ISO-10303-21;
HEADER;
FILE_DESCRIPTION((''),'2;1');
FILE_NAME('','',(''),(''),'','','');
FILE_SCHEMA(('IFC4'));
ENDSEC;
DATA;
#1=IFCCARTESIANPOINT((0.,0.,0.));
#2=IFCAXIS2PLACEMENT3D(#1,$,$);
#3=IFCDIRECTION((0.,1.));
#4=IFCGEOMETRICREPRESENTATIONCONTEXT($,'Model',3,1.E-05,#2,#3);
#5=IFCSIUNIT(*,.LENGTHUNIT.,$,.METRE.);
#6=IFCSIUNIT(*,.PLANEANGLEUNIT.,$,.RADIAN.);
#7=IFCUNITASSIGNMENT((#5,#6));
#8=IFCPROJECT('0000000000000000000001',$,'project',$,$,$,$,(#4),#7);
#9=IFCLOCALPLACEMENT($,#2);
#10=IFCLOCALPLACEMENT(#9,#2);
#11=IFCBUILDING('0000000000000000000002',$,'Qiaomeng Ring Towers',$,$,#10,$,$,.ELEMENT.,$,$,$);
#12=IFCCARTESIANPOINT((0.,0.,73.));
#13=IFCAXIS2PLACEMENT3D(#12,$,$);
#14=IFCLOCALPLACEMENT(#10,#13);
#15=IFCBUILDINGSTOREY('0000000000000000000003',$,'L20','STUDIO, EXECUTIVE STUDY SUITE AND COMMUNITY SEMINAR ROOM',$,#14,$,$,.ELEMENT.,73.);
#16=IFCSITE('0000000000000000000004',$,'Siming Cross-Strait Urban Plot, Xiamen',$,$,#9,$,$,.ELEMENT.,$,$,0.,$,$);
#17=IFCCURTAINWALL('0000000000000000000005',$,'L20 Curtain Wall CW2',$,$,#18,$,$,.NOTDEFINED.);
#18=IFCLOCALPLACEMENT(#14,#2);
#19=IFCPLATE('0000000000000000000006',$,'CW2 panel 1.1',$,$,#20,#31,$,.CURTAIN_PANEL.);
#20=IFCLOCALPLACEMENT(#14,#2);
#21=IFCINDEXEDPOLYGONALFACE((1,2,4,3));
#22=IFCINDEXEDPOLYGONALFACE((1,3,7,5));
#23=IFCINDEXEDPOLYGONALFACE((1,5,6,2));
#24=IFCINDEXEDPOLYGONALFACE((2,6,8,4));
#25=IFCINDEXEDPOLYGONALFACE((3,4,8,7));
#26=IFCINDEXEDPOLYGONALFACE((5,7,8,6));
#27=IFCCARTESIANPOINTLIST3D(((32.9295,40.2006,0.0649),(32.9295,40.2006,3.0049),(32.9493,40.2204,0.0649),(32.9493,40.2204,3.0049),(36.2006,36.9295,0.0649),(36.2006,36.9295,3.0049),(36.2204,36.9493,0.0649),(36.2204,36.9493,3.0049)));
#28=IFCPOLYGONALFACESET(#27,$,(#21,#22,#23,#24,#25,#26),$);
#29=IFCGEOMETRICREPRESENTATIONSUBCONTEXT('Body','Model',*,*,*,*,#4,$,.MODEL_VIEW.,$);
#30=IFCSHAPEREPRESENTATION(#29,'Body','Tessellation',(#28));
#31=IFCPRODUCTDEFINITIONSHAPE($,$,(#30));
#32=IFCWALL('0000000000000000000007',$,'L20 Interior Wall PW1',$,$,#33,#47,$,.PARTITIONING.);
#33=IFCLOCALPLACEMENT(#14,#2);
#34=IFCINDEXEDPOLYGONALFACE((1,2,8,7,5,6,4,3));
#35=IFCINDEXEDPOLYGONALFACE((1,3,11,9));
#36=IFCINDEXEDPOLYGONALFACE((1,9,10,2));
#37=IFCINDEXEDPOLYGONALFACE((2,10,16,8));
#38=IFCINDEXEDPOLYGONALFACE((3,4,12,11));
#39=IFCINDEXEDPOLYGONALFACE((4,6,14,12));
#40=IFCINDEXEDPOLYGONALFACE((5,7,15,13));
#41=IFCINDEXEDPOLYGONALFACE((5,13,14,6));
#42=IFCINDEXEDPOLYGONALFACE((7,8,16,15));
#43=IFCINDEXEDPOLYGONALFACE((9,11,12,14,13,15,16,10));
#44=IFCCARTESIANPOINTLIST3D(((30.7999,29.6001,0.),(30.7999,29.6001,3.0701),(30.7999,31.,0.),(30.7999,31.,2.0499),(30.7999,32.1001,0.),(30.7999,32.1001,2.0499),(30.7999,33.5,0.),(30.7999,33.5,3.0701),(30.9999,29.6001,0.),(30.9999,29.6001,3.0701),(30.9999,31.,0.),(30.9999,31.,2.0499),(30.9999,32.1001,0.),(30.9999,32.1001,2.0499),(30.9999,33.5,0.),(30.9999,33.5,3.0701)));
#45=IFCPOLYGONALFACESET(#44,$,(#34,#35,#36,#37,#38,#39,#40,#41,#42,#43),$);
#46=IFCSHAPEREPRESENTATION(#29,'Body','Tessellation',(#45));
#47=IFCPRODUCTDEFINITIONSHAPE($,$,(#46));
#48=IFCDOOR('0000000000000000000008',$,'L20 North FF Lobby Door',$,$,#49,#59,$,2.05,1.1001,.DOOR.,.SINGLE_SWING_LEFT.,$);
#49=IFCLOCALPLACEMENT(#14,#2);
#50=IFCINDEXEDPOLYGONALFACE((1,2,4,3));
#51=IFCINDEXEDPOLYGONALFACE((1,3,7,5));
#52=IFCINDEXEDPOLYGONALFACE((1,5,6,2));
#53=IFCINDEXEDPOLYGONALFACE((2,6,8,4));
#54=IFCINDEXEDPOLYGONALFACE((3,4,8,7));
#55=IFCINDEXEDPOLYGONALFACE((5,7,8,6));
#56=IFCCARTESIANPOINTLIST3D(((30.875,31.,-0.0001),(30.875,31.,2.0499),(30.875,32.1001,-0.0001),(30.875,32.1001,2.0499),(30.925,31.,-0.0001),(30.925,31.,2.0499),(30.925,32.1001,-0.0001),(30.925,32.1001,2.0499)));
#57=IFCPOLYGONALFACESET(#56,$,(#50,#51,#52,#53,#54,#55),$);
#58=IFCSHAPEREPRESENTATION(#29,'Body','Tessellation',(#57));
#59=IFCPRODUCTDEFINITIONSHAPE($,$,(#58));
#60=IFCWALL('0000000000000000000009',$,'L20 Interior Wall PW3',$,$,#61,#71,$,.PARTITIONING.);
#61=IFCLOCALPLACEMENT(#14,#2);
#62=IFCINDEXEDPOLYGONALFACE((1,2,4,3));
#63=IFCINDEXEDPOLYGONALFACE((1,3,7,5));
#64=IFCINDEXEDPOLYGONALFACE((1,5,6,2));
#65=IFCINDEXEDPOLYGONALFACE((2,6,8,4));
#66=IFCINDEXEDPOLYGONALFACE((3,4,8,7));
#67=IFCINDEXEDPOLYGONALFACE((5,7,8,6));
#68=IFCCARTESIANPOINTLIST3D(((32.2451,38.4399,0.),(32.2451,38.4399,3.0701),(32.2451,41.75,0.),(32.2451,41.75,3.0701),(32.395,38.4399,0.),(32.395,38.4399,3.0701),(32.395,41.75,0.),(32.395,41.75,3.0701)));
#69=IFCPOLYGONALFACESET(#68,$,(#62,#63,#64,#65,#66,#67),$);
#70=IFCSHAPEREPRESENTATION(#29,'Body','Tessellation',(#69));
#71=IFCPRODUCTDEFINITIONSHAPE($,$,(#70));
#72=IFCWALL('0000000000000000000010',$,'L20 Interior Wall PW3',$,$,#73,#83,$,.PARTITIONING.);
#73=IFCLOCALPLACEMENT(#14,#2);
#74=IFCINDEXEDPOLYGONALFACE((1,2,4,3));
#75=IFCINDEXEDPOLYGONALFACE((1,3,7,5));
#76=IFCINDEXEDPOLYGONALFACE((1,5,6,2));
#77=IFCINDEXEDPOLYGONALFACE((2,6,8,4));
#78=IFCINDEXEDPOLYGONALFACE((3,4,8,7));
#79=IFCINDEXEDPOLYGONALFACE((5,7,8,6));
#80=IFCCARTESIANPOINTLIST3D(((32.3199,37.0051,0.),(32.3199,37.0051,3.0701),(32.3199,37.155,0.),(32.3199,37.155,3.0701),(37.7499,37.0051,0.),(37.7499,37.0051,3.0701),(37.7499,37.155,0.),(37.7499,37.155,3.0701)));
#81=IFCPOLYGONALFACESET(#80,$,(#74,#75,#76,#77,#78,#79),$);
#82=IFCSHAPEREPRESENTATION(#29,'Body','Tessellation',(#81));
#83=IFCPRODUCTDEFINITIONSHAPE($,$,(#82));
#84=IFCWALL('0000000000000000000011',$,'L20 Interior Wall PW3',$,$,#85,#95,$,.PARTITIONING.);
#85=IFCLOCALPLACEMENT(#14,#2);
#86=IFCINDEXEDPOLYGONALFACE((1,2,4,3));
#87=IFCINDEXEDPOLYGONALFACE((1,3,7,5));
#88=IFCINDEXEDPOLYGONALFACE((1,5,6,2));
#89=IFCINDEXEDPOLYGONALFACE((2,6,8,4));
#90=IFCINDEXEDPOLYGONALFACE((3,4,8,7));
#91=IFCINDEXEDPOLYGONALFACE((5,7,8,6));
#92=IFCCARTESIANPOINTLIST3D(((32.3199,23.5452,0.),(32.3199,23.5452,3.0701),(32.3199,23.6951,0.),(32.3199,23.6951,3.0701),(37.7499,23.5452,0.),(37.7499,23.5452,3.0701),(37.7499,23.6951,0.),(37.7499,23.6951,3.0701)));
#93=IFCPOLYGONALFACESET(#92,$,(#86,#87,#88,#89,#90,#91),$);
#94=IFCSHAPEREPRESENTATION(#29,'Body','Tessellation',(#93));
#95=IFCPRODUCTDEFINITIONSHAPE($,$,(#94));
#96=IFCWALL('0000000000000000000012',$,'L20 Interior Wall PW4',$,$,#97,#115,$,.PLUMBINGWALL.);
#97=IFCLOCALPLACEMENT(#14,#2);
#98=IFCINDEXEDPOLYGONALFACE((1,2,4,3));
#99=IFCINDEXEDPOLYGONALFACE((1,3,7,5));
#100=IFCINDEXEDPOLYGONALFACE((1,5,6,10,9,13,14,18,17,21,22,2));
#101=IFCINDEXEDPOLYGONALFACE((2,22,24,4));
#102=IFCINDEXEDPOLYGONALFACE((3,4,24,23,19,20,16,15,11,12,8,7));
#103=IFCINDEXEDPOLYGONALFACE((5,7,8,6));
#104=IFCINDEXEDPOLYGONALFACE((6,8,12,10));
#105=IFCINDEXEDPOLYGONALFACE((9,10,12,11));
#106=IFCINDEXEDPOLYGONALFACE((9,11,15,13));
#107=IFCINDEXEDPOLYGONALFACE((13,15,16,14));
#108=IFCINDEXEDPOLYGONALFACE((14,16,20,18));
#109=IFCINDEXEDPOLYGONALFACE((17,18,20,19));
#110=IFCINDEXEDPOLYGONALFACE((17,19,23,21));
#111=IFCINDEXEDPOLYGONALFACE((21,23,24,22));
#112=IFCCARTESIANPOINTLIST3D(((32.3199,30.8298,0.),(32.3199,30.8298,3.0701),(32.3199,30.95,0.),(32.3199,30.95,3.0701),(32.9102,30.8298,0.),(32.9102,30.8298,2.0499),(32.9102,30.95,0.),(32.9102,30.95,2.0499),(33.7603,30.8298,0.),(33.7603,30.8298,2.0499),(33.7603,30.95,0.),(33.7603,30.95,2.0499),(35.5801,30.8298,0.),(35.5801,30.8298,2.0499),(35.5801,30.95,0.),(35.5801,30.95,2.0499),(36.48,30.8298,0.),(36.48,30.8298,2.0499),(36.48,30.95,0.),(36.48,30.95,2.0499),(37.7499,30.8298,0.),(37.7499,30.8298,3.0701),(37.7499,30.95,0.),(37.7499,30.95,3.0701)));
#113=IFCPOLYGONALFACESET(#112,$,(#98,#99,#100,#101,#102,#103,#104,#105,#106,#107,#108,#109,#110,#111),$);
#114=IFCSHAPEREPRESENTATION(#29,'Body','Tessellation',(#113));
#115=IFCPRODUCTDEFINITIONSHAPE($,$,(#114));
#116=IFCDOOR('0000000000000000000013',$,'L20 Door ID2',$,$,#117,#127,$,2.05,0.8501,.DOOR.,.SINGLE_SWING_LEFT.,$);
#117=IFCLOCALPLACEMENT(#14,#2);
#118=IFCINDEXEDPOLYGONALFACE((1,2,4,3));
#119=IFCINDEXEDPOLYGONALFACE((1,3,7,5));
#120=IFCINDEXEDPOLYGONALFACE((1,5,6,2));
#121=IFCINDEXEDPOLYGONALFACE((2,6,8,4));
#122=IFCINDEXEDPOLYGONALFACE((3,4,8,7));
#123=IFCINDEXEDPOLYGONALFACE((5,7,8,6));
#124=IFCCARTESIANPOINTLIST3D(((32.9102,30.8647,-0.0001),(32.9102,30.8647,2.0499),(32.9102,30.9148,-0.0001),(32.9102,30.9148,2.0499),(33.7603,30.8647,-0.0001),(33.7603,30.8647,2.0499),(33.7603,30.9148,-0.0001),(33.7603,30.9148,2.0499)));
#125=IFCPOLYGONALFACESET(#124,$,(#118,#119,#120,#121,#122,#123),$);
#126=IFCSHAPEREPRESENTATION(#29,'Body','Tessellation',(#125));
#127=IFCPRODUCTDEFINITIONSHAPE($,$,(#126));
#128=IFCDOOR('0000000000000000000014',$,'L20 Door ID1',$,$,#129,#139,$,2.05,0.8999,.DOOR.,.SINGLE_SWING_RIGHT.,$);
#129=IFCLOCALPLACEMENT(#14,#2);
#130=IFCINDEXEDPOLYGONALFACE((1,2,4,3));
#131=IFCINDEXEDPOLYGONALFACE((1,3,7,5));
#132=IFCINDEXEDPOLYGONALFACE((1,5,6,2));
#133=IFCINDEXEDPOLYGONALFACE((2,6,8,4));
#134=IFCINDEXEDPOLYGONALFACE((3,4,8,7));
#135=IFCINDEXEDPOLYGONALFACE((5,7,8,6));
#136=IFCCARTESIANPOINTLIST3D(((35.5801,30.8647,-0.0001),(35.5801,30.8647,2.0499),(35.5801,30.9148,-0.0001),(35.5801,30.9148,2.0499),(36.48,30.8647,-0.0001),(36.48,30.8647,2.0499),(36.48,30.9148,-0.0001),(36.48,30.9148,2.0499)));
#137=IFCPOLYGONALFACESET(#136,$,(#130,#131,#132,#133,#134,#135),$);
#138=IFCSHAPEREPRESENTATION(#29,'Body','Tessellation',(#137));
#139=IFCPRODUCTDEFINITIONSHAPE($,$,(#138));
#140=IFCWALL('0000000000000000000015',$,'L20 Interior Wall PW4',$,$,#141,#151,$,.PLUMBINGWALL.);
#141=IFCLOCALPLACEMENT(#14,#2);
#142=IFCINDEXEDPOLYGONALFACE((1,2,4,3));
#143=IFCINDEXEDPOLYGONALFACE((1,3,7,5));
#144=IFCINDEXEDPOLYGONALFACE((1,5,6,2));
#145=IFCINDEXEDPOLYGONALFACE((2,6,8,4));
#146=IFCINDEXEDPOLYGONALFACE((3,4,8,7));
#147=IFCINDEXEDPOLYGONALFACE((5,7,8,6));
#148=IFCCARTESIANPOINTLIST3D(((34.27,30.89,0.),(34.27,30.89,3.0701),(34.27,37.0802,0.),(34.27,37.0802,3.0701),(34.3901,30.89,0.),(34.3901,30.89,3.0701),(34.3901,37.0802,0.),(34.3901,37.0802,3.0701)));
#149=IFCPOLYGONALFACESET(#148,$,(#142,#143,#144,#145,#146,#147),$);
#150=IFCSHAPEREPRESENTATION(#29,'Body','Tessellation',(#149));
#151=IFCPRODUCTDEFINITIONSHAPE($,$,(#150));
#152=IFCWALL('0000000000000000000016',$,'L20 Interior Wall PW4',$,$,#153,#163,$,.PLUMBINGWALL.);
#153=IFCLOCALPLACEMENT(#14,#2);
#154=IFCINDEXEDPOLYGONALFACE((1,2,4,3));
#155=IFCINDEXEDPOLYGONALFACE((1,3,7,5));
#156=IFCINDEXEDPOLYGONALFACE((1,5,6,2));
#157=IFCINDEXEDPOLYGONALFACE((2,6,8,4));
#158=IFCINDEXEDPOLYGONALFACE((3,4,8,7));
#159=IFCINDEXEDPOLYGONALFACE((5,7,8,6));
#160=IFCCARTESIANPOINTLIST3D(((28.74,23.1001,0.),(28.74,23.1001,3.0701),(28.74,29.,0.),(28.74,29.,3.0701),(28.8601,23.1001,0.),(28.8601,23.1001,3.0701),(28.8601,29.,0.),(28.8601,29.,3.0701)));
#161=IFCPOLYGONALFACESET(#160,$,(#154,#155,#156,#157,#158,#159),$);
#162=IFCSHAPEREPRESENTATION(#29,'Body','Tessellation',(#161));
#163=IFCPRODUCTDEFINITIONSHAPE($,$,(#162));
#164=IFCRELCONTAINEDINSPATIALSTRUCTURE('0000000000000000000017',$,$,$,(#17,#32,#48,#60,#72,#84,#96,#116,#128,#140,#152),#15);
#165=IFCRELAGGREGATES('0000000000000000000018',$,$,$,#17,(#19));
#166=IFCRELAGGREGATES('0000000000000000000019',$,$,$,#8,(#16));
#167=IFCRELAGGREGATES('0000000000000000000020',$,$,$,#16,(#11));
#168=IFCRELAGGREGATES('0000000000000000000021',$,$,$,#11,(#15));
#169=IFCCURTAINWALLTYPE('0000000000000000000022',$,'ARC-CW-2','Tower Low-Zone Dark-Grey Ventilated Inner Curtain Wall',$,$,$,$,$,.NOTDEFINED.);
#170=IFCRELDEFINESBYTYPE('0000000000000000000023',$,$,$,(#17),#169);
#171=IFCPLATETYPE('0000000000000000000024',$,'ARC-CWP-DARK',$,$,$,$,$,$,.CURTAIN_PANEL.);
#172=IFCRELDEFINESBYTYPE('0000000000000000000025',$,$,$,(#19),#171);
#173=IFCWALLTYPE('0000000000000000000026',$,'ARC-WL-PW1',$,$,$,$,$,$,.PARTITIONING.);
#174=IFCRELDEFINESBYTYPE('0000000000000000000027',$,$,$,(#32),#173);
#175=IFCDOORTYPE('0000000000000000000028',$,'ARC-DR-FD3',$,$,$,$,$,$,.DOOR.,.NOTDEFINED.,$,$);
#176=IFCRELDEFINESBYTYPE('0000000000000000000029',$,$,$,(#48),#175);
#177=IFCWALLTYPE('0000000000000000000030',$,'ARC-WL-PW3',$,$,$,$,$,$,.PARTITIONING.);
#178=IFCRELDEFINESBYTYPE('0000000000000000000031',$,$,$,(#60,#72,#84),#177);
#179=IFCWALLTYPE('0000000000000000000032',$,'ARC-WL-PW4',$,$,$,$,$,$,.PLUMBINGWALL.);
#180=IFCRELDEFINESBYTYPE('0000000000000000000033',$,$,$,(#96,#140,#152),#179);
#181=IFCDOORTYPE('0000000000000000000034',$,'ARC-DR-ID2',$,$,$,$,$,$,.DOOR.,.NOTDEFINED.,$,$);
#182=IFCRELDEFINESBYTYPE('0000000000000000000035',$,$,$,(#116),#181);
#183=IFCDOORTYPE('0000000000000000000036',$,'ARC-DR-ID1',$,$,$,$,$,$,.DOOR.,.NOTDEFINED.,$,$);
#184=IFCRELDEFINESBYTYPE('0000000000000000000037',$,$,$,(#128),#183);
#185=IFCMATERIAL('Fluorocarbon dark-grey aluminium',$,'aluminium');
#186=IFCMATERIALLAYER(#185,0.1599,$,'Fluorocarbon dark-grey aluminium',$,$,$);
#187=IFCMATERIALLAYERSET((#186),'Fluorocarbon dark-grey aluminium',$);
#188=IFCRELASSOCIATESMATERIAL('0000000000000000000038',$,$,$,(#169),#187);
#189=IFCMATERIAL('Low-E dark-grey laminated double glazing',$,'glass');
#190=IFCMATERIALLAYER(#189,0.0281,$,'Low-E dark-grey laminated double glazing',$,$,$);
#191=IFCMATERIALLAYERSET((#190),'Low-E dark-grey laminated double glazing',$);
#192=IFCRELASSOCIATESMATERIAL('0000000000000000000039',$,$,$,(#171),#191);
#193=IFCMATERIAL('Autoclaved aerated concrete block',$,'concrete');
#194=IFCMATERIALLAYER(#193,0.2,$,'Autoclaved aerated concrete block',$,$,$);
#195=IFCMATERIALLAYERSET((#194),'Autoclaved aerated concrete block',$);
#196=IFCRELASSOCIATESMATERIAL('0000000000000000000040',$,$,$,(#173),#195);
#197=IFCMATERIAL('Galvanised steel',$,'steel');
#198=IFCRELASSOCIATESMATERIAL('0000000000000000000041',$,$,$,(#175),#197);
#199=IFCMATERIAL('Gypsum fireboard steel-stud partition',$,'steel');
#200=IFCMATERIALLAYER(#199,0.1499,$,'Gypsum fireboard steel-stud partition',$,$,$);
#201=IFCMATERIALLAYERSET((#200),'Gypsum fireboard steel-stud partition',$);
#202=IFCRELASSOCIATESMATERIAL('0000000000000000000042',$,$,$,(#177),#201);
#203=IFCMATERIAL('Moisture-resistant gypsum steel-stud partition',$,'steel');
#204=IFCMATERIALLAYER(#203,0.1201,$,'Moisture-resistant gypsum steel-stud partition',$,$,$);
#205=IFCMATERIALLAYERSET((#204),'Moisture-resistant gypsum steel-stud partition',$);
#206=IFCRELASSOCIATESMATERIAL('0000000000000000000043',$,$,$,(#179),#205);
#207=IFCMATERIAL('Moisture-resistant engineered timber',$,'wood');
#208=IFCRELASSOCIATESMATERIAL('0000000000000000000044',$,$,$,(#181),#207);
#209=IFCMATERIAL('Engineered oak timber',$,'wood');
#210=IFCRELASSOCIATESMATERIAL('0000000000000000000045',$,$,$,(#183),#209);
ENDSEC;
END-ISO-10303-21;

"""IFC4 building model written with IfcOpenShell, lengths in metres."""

from ifc_helpers import new_model, si_unit, direction, frame, frame_2d, origin, origin_2d, place, context, subcontext, project, spatial, rectangle, extrude, source, transform, mapped, material, layer, layer_set, type_object, element, fill, aggregate, save


model = new_model("IFC4")

# Units and contexts
model_context = context("Model", 3, precision=1e-05, world=origin(), true_north=direction((0.0, 1.0)))
body_context = subcontext(model_context, "Body", "Model", "MODEL_VIEW")
ifc_project = project(units=[si_unit("LENGTHUNIT", "METRE"), si_unit("PLANEANGLEUNIT", "RADIAN")], contexts=[model_context])

# Site, building, storey
site_placement = place(None, origin())
site = spatial("IfcSite", under=ifc_project, at=site_placement, Name="Siming Cross-Strait Urban Plot, Xiamen", CompositionType="ELEMENT", RefElevation=0.0)
building_placement = place(site_placement, origin())
building = spatial("IfcBuilding", under=site, at=building_placement, Name="Qiaomeng Ring Towers", CompositionType="ELEMENT")
storey_placement = place(building_placement, frame((0.0, 0.0, 73.0)))
storey = spatial("IfcBuildingStorey", under=building, at=storey_placement, Name="L20", Description="STUDIO, EXECUTIVE STUDY SUITE AND COMMUNITY SEMINAR ROOM", CompositionType="ELEMENT", Elevation=73.0)

# Curtain wall, plate
ifc_material_1 = material(Name="Fluorocarbon dark-grey aluminium", Category="aluminium")
ifc_layer_1 = layer(ifc_material_1, 0.1599, Name="Fluorocarbon dark-grey aluminium")
ifc_layer_set_1 = layer_set([ifc_layer_1], Name="Fluorocarbon dark-grey aluminium")
curtain_wall_type = type_object("IfcCurtainWallType", Name="ARC-CW-2", Description="Tower Low-Zone Dark-Grey Ventilated Inner Curtain Wall", PredefinedType="NOTDEFINED", material=ifc_layer_set_1)
curtain_wall_placement = place(storey_placement, origin())
curtain_wall = element("IfcCurtainWall", 1, at=curtain_wall_placement, inside=storey, type_object=curtain_wall_type, Name="L20 Curtain Wall CW2", PredefinedType="NOTDEFINED")
ifc_material_2 = material(Name="Low-E dark-grey laminated double glazing", Category="glass")
ifc_layer_2 = layer(ifc_material_2, 0.0281, Name="Low-E dark-grey laminated double glazing")
ifc_layer_set_2 = layer_set([ifc_layer_2], Name="Low-E dark-grey laminated double glazing")
plate_type = type_object("IfcPlateType", Name="ARC-CWP-DARK", PredefinedType="CURTAIN_PANEL", material=ifc_layer_set_2)
shared_shape_1 = source(origin(), body_context, "Body", "SweptSolid", [
    extrude(rectangle(XDim=4.626, YDim=0.0281, at=origin_2d()), origin(), (0.0, 0.0, 1.0), 2.9399),
])
plate_placement = place(storey_placement, frame((34.575, 38.575, 0.0649), z_axis=(0.0, 0.0, 1.0), x_axis=(-0.707107, 0.707107, 0.0)))
plate = element("IfcPlate", 2, at=plate_placement, type_object=plate_type, Name="CW2 panel 1.1", PredefinedType="CURTAIN_PANEL", context=body_context, shape_type="MappedRepresentation", body=[
    mapped(shared_shape_1, transform((0.0, 0.0, 0.0), x_axis=(1.0, 0.0, 0.0), y_axis=(0.0, 1.0, 0.0), z_axis=(0.0, 0.0, 1.0), scale=1.0)),
])
aggregate(curtain_wall, [plate])

# Wall, opening, door
ifc_material_3 = material(Name="Autoclaved aerated concrete block", Category="concrete")
ifc_layer_3 = layer(ifc_material_3, 0.2, Name="Autoclaved aerated concrete block")
ifc_layer_set_3 = layer_set([ifc_layer_3], Name="Autoclaved aerated concrete block")
wall_type_1 = type_object("IfcWallType", Name="ARC-WL-PW1", PredefinedType="PARTITIONING", material=ifc_layer_set_3)
wall_1_placement = place(storey_placement, frame((30.8999, 29.6001, 0.0), z_axis=(0.0, 0.0, 1.0), x_axis=(0.0, 1.0, 0.0)))
wall_1 = element("IfcWall", 3, at=wall_1_placement, inside=storey, type_object=wall_type_1, Name="L20 Interior Wall PW1", PredefinedType="PARTITIONING", context=body_context, shape_type="SweptSolid", body=[
    extrude(rectangle(XDim=3.8999, YDim=0.2, at=frame_2d((1.95, 0.0))), origin(), (0.0, 0.0, 1.0), 3.0701),
])
opening_1_placement = place(wall_1_placement, frame((1.3999, 0.0, 0.0)))
opening_1 = element("IfcOpeningElement", 4, at=opening_1_placement, cuts=wall_1, PredefinedType="OPENING", context=body_context, shape_type="SweptSolid", body=[
    extrude(rectangle(XDim=1.1001, YDim=2.05, at=frame_2d((0.55, 1.0249))), frame((0.0, 0.1099, 0.0), z_axis=(0.0, -1.0, 0.0), x_axis=(1.0, 0.0, 0.0)), (0.0, 0.0, 1.0), 0.22),
])
ifc_material_4 = material(Name="Galvanised steel", Category="steel")
door_type_1 = type_object("IfcDoorType", Name="ARC-DR-FD3", OperationType="NOTDEFINED", PredefinedType="DOOR", material=ifc_material_4)
shared_shape_2 = source(origin(), body_context, "Body", "SweptSolid", [
    extrude(rectangle(XDim=1.1001, YDim=2.05, at=frame_2d((0.55, 1.0249))), frame((0.0, 0.0249, 0.0), z_axis=(0.0, -1.0, 0.0), x_axis=(1.0, 0.0, 0.0)), (0.0, 0.0, 1.0), 0.05),
])
door_1_placement = place(opening_1_placement, origin())
door_1 = element("IfcDoor", 5, at=door_1_placement, inside=storey, type_object=door_type_1, Name="L20 North FF Lobby Door", OperationType="SINGLE_SWING_LEFT", OverallHeight=2.05, OverallWidth=1.1001, PredefinedType="DOOR", context=body_context, shape_type="MappedRepresentation", body=[
    mapped(shared_shape_2, transform((0.0, 0.0, 0.0), x_axis=(1.0, 0.0, 0.0), y_axis=(0.0, 1.0, 0.0), z_axis=(0.0, 0.0, 1.0), scale=1.0)),
])
fill(opening_1, door_1)

# Walls
ifc_material_5 = material(Name="Gypsum fireboard steel-stud partition", Category="steel")
ifc_layer_4 = layer(ifc_material_5, 0.1499, Name="Gypsum fireboard steel-stud partition")
ifc_layer_set_4 = layer_set([ifc_layer_4], Name="Gypsum fireboard steel-stud partition")
wall_type_2 = type_object("IfcWallType", Name="ARC-WL-PW3", PredefinedType="PARTITIONING", material=ifc_layer_set_4)
wall_2_placement = place(storey_placement, frame((32.3201, 38.4399, 0.0), z_axis=(0.0, 0.0, 1.0), x_axis=(0.0, 1.0, 0.0)))
element("IfcWall", 6, at=wall_2_placement, inside=storey, type_object=wall_type_2, Name="L20 Interior Wall PW3", PredefinedType="PARTITIONING", context=body_context, shape_type="SweptSolid", body=[
    extrude(rectangle(XDim=3.3101, YDim=0.1499, at=frame_2d((1.655, 0.0))), origin(), (0.0, 0.0, 1.0), 3.0701),
])
for number, where, z_axis, x_axis, name in (
    (7, (32.3201, 37.0801, 0.0), (0.0, 0.0, 1.0), (1.0, 0.0, 0.0), "L20 Interior Wall PW3"),
    (8, (32.3201, 23.6201, 0.0), (0.0, 0.0, 1.0), (1.0, 0.0, 0.0), "L20 Interior Wall PW3"),
):
    element("IfcWall", number, at=place(storey_placement, frame(where, z_axis=z_axis, x_axis=x_axis)), inside=storey, type_object=wall_type_2, Name=name, PredefinedType="PARTITIONING", context=body_context, shape_type="SweptSolid", body=[
        extrude(rectangle(XDim=5.4299, YDim=0.1499, at=frame_2d((2.7148, 0.0))), origin(), (0.0, 0.0, 1.0), 3.0701),
    ])

# Wall, openings, doors
ifc_material_6 = material(Name="Moisture-resistant gypsum steel-stud partition", Category="steel")
ifc_layer_5 = layer(ifc_material_6, 0.1201, Name="Moisture-resistant gypsum steel-stud partition")
ifc_layer_set_5 = layer_set([ifc_layer_5], Name="Moisture-resistant gypsum steel-stud partition")
wall_type_3 = type_object("IfcWallType", Name="ARC-WL-PW4", PredefinedType="PLUMBINGWALL", material=ifc_layer_set_5)
wall_3_placement = place(storey_placement, frame((32.3201, 30.8899, 0.0), z_axis=(0.0, 0.0, 1.0), x_axis=(1.0, 0.0, 0.0)))
wall_3 = element("IfcWall", 9, at=wall_3_placement, inside=storey, type_object=wall_type_3, Name="L20 Interior Wall PW4", PredefinedType="PLUMBINGWALL", context=body_context, shape_type="SweptSolid", body=[
    extrude(rectangle(XDim=5.4299, YDim=0.1201, at=frame_2d((2.7148, 0.0))), origin(), (0.0, 0.0, 1.0), 3.0701),
])
opening_2_placement = place(wall_3_placement, frame((0.5901, 0.0, 0.0)))
opening_2 = element("IfcOpeningElement", 10, at=opening_2_placement, cuts=wall_3, PredefinedType="OPENING", context=body_context, shape_type="SweptSolid", body=[
    extrude(rectangle(XDim=0.8501, YDim=2.05, at=frame_2d((0.425, 1.0249))), frame((0.0, 0.0701, 0.0), z_axis=(0.0, -1.0, 0.0), x_axis=(1.0, 0.0, 0.0)), (0.0, 0.0, 1.0), 0.1401),
])
opening_3_placement = place(wall_3_placement, frame((3.26, 0.0, 0.0)))
opening_3 = element("IfcOpeningElement", 11, at=opening_3_placement, cuts=wall_3, PredefinedType="OPENING", context=body_context, shape_type="SweptSolid", body=[
    extrude(rectangle(XDim=0.8999, YDim=2.05, at=frame_2d((0.45, 1.0249))), frame((0.0, 0.0701, 0.0), z_axis=(0.0, -1.0, 0.0), x_axis=(1.0, 0.0, 0.0)), (0.0, 0.0, 1.0), 0.1401),
])
ifc_material_7 = material(Name="Moisture-resistant engineered timber", Category="wood")
door_type_2 = type_object("IfcDoorType", Name="ARC-DR-ID2", OperationType="NOTDEFINED", PredefinedType="DOOR", material=ifc_material_7)
shared_shape_3 = source(origin(), body_context, "Body", "SweptSolid", [
    extrude(rectangle(XDim=0.8501, YDim=2.05, at=frame_2d((0.425, 1.0249))), frame((0.0, 0.0249, 0.0), z_axis=(0.0, -1.0, 0.0), x_axis=(1.0, 0.0, 0.0)), (0.0, 0.0, 1.0), 0.05),
])
door_2_placement = place(opening_2_placement, origin())
door_2 = element("IfcDoor", 12, at=door_2_placement, inside=storey, type_object=door_type_2, Name="L20 Door ID2", OperationType="SINGLE_SWING_LEFT", OverallHeight=2.05, OverallWidth=0.8501, PredefinedType="DOOR", context=body_context, shape_type="MappedRepresentation", body=[
    mapped(shared_shape_3, transform((0.0, 0.0, 0.0), x_axis=(1.0, 0.0, 0.0), y_axis=(0.0, 1.0, 0.0), z_axis=(0.0, 0.0, 1.0), scale=1.0)),
])
fill(opening_2, door_2)
ifc_material_8 = material(Name="Engineered oak timber", Category="wood")
door_type_3 = type_object("IfcDoorType", Name="ARC-DR-ID1", OperationType="NOTDEFINED", PredefinedType="DOOR", material=ifc_material_8)
shared_shape_4 = source(origin(), body_context, "Body", "SweptSolid", [
    extrude(rectangle(XDim=0.8999, YDim=2.05, at=frame_2d((0.45, 1.0249))), frame((0.0, 0.0249, 0.0), z_axis=(0.0, -1.0, 0.0), x_axis=(1.0, 0.0, 0.0)), (0.0, 0.0, 1.0), 0.05),
])
door_3_placement = place(opening_3_placement, origin())
door_3 = element("IfcDoor", 13, at=door_3_placement, inside=storey, type_object=door_type_3, Name="L20 Door ID1", OperationType="SINGLE_SWING_RIGHT", OverallHeight=2.05, OverallWidth=0.8999, PredefinedType="DOOR", context=body_context, shape_type="MappedRepresentation", body=[
    mapped(shared_shape_4, transform((0.0, 0.0, 0.0), x_axis=(1.0, 0.0, 0.0), y_axis=(0.0, 1.0, 0.0), z_axis=(0.0, 0.0, 1.0), scale=1.0)),
])
fill(opening_3, door_3)

# Walls
wall_4_placement = place(storey_placement, frame((34.3301, 30.8899, 0.0), z_axis=(0.0, 0.0, 1.0), x_axis=(0.0, 1.0, 0.0)))
element("IfcWall", 14, at=wall_4_placement, inside=storey, type_object=wall_type_3, Name="L20 Interior Wall PW4", PredefinedType="PLUMBINGWALL", context=body_context, shape_type="SweptSolid", body=[
    extrude(rectangle(XDim=6.1902, YDim=0.1201, at=frame_2d((3.0952, 0.0))), origin(), (0.0, 0.0, 1.0), 3.0701),
])
wall_5_placement = place(storey_placement, frame((28.8, 23.1001, 0.0), z_axis=(0.0, 0.0, 1.0), x_axis=(0.0, 1.0, 0.0)))
element("IfcWall", 15, at=wall_5_placement, inside=storey, type_object=wall_type_3, Name="L20 Interior Wall PW4", PredefinedType="PLUMBINGWALL", context=body_context, shape_type="SweptSolid", body=[
    extrude(rectangle(XDim=5.8999, YDim=0.1201, at=frame_2d((2.95, 0.0))), origin(), (0.0, 0.0, 1.0), 3.0701),
])

save(model, "model.ifc")
